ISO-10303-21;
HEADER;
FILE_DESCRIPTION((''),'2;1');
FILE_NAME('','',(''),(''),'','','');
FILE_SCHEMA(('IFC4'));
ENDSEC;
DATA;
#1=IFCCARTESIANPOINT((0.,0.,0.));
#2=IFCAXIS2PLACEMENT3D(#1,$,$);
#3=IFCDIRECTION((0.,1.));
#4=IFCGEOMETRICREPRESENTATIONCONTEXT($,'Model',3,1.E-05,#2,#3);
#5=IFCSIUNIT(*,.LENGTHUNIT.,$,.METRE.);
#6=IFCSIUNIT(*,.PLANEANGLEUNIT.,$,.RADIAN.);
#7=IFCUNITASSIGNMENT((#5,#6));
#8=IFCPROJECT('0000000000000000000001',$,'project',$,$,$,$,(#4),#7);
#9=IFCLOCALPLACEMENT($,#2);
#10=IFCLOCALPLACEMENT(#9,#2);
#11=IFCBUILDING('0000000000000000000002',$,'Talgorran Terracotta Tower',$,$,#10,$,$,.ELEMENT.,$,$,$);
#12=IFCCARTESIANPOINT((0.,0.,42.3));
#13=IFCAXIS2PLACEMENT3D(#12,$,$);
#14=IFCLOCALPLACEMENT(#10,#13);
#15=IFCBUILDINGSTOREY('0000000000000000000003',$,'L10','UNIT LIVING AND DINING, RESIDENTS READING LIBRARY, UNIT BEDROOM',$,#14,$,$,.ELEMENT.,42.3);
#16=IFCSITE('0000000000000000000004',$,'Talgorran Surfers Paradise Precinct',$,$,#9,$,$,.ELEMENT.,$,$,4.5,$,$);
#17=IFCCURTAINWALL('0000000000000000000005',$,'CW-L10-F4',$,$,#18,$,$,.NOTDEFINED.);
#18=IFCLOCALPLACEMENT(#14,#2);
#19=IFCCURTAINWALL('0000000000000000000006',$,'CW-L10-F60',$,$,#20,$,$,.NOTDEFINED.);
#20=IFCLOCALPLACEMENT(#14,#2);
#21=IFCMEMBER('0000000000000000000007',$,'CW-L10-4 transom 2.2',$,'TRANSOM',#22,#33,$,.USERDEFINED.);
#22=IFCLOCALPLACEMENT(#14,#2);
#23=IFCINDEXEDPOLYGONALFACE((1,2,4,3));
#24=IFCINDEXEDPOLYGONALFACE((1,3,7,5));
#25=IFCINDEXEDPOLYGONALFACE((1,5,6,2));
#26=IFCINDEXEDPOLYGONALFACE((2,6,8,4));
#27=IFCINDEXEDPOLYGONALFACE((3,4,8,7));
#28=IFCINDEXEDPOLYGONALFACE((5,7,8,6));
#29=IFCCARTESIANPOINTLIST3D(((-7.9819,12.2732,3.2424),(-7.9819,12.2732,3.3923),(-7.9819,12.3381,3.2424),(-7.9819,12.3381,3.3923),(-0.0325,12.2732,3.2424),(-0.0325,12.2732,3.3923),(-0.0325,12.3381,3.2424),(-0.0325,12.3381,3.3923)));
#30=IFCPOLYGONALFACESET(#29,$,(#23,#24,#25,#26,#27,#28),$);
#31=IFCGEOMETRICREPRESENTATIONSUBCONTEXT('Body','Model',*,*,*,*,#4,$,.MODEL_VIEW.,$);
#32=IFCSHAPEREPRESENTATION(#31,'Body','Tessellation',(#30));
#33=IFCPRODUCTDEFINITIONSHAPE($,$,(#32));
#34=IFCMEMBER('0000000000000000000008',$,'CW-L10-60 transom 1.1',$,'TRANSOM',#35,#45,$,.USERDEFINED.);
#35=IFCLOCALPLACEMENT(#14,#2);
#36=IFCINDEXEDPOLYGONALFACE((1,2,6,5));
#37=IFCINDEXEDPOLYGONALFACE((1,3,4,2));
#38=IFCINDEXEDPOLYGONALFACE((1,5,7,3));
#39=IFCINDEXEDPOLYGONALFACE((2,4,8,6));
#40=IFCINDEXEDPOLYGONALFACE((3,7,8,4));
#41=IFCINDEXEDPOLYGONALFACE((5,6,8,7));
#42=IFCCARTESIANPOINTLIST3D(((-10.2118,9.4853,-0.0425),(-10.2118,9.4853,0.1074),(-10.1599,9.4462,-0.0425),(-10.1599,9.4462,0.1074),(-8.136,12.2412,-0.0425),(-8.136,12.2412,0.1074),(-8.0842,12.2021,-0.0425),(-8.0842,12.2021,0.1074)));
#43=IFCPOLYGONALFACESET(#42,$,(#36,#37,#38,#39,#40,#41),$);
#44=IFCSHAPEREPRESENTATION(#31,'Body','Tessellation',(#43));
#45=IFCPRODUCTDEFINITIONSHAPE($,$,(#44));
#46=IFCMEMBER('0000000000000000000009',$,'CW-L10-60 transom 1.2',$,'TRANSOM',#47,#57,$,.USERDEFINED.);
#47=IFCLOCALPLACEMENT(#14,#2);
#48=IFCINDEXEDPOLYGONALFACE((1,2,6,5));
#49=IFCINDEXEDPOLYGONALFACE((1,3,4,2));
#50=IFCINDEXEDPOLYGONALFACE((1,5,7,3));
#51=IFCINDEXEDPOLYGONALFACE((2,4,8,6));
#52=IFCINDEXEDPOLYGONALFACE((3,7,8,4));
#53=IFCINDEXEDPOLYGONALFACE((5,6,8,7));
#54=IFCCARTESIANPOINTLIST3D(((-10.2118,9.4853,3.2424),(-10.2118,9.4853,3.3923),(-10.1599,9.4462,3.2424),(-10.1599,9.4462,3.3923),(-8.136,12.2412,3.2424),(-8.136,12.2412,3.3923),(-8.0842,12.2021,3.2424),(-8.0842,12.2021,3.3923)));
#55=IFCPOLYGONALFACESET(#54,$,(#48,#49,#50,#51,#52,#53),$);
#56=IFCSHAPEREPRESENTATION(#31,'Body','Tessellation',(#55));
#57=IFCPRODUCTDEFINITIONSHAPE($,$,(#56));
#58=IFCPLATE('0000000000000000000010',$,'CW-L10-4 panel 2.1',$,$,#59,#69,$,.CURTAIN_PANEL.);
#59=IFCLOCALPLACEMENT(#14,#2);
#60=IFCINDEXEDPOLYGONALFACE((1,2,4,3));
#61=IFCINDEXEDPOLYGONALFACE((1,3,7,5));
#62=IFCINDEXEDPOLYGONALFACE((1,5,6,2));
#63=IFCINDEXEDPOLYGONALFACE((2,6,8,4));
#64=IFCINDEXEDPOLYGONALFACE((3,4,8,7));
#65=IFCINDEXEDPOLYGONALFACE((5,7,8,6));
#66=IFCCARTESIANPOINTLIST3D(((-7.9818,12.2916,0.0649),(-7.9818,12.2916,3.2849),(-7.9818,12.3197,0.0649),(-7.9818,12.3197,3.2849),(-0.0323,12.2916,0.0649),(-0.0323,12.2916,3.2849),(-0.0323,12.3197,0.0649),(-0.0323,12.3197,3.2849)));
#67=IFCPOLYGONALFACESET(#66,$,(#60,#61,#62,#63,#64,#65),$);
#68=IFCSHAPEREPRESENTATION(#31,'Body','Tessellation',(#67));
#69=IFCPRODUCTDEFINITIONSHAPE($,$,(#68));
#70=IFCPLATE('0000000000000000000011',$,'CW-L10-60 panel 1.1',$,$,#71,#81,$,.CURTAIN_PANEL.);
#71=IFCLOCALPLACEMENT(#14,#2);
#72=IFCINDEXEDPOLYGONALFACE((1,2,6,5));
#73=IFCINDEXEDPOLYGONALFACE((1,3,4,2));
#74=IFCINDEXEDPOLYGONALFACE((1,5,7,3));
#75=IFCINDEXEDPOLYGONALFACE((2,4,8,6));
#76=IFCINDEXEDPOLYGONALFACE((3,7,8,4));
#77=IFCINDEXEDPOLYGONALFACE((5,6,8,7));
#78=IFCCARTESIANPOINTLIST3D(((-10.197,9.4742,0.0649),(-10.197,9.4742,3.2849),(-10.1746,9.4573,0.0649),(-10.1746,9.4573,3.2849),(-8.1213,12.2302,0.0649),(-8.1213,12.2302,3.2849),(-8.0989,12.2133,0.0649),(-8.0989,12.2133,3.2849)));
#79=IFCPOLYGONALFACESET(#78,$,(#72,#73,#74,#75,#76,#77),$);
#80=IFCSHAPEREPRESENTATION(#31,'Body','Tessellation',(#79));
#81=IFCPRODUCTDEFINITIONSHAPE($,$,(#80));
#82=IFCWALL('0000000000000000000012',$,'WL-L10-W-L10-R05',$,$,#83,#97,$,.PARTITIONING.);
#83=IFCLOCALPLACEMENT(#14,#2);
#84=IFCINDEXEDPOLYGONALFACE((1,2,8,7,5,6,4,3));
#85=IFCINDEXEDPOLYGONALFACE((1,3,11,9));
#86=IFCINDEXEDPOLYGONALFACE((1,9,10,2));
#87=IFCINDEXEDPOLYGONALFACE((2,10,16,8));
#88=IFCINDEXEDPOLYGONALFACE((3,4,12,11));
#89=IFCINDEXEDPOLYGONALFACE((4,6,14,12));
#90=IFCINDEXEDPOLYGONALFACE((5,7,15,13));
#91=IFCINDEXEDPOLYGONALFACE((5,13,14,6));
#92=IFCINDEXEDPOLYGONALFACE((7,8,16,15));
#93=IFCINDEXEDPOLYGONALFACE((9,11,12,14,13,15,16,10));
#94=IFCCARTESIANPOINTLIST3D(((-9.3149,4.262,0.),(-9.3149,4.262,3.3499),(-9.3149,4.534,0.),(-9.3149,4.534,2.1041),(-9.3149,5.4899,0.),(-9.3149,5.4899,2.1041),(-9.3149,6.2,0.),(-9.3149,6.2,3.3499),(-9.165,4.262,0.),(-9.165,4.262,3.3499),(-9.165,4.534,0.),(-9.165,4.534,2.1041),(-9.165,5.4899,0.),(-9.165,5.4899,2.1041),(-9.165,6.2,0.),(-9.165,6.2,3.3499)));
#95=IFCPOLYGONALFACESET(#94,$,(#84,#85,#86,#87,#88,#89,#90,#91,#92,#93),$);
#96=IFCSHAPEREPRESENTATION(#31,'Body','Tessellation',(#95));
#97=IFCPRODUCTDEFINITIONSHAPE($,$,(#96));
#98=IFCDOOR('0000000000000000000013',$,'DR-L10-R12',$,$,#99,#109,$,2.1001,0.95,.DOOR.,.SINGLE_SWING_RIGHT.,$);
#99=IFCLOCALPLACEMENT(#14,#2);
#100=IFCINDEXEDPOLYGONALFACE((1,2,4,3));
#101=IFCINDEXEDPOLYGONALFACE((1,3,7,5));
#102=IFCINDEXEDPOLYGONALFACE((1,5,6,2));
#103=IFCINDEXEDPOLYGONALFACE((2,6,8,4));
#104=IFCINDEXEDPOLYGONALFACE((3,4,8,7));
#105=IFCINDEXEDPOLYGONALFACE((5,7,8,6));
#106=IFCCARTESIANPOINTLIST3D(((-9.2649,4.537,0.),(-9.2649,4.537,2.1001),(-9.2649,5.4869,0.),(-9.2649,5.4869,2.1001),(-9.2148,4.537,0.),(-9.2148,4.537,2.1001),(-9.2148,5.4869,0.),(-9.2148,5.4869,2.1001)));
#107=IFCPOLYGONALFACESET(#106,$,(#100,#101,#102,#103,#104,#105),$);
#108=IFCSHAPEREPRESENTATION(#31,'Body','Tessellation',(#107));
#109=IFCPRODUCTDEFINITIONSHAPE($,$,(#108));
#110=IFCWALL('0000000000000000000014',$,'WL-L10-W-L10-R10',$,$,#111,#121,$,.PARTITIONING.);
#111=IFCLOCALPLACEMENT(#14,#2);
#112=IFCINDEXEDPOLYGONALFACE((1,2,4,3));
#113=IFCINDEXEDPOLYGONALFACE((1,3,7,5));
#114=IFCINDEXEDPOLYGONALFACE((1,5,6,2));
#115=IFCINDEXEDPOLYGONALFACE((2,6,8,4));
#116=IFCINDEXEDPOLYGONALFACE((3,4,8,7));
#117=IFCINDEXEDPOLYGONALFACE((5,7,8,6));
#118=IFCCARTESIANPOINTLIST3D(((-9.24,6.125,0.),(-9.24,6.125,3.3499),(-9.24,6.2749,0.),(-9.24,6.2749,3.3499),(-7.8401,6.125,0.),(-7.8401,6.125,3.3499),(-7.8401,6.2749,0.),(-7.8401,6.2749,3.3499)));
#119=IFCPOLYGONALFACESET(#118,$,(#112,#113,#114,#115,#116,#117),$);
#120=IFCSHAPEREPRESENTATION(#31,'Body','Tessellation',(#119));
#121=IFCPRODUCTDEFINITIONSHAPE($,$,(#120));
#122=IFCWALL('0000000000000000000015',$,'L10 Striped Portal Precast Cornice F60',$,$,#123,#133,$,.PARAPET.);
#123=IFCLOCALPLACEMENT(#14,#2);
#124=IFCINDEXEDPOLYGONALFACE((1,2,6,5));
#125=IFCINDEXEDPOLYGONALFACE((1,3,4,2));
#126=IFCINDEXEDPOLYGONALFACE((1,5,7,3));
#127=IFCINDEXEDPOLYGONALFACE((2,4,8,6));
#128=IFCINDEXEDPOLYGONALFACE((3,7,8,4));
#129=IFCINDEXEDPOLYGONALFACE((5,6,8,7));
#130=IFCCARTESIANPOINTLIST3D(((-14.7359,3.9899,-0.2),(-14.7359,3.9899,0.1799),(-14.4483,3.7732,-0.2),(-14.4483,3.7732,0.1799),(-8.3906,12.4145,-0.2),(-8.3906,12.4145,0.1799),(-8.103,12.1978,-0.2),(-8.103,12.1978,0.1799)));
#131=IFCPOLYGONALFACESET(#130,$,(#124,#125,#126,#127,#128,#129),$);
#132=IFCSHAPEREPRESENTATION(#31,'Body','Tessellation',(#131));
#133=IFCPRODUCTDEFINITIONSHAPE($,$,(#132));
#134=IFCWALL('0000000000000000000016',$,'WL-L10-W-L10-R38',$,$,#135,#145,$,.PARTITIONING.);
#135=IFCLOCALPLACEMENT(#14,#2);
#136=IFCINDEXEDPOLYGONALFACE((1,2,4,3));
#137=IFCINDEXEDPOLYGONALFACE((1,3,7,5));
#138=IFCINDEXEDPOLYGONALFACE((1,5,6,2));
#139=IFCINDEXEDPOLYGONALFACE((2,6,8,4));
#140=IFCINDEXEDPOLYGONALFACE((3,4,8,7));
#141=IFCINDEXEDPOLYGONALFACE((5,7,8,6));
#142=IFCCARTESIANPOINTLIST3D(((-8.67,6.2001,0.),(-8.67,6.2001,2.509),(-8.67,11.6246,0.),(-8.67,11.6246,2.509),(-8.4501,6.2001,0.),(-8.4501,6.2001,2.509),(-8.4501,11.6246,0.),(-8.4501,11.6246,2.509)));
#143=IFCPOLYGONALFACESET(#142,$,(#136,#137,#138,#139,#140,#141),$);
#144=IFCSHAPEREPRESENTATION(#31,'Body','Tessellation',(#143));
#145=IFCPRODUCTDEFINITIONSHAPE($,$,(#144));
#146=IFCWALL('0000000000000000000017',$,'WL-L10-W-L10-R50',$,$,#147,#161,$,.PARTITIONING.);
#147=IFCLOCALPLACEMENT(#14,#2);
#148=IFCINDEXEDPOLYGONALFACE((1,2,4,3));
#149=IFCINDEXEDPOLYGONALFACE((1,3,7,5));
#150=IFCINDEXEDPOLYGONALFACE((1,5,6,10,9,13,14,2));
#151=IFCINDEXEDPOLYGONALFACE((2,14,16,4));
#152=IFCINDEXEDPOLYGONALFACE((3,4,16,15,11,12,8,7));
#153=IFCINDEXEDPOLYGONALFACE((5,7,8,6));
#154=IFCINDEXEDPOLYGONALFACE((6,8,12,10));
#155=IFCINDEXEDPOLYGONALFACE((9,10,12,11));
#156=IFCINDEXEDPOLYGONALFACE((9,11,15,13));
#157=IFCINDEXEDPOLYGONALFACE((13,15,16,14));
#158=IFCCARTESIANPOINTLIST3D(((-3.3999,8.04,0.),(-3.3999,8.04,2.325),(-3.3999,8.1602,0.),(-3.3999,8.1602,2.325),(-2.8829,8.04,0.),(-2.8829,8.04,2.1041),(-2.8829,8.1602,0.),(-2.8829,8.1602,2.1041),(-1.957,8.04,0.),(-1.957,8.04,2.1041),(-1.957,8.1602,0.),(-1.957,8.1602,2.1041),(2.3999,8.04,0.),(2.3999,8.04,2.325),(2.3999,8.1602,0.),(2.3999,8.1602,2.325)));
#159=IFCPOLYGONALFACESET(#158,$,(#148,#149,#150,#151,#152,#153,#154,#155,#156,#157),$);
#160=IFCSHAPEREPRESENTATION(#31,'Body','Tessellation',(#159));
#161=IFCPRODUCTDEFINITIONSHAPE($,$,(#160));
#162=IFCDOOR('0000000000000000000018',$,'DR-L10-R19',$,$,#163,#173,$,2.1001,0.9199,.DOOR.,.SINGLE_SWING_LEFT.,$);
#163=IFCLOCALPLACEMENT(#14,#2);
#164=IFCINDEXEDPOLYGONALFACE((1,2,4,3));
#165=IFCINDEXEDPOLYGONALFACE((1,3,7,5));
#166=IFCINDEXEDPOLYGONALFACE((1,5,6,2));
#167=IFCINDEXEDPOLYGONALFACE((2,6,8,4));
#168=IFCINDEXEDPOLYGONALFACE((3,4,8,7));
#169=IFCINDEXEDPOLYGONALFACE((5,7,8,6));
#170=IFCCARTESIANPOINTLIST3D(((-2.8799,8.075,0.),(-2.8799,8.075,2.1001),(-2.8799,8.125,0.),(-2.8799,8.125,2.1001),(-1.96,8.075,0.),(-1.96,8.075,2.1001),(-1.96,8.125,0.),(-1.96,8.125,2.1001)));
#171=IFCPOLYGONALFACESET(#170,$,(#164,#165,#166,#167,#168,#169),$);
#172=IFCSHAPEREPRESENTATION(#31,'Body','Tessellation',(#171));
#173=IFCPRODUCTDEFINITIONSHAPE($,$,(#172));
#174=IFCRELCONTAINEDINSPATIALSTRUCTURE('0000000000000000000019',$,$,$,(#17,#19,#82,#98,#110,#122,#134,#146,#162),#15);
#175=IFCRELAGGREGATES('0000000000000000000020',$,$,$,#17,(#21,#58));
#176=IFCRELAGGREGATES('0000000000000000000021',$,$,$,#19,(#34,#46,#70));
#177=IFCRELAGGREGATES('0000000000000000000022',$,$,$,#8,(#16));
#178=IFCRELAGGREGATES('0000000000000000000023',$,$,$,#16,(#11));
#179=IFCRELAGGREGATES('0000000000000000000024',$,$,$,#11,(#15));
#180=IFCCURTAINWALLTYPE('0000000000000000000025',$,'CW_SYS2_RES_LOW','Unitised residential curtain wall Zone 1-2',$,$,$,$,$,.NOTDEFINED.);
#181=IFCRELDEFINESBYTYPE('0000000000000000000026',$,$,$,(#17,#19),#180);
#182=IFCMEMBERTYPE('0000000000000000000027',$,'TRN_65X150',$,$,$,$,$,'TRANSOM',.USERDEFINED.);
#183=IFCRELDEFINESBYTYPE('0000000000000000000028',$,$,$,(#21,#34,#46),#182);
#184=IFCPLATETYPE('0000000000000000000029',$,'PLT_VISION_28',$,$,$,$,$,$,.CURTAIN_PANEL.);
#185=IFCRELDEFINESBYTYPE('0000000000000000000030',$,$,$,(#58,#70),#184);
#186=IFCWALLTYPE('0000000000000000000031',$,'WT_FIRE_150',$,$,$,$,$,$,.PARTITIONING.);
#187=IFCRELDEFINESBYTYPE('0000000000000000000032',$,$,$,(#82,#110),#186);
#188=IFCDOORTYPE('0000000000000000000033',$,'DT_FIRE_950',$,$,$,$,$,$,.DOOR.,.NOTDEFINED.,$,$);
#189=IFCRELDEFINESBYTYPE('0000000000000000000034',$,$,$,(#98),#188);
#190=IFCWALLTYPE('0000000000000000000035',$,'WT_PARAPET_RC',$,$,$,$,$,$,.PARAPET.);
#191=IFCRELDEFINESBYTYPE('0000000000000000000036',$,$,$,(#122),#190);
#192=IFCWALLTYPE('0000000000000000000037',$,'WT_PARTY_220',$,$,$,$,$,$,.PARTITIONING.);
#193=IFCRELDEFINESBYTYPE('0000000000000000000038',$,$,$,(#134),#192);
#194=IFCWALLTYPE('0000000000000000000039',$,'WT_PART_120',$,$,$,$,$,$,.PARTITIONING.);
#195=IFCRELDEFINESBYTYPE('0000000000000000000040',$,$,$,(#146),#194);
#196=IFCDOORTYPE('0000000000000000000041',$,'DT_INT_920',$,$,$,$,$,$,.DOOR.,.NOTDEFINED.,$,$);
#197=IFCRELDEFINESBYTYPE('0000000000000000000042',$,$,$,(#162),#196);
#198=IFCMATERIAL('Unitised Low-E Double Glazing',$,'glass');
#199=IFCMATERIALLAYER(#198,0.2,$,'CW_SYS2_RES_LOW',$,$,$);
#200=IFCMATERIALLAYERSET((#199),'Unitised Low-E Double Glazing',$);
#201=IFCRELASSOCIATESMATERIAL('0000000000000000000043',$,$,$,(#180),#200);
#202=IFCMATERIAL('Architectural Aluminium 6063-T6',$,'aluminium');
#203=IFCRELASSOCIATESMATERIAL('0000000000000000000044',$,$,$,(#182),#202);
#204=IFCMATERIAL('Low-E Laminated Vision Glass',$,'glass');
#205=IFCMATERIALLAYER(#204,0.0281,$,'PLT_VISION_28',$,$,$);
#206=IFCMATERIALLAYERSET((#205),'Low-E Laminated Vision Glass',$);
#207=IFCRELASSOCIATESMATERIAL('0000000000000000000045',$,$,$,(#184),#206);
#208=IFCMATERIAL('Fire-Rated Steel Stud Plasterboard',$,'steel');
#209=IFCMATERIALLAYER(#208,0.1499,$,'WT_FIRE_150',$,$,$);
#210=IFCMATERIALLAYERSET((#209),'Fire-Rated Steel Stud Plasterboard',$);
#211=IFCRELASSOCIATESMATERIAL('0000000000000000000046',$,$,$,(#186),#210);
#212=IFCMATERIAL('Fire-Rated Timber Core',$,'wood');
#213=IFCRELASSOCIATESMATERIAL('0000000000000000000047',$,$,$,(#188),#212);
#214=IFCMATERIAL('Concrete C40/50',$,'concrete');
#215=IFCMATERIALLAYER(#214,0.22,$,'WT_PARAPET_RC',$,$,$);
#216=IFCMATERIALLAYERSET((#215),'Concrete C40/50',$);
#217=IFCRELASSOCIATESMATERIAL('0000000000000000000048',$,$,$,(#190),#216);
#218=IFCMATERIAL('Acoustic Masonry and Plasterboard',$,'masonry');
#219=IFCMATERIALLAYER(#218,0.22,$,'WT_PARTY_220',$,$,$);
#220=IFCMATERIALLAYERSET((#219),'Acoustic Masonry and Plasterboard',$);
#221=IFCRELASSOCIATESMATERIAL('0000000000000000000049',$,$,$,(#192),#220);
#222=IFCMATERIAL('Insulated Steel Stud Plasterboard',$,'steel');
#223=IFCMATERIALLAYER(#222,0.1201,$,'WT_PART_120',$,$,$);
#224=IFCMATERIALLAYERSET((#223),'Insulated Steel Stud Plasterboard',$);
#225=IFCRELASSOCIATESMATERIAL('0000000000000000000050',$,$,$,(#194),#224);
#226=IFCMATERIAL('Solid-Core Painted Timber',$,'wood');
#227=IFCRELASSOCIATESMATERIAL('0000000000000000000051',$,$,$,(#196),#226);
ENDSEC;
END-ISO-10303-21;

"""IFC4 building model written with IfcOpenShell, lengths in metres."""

from ifc_helpers import new_model, si_unit, direction, frame, frame_2d, origin, origin_2d, place, context, subcontext, project, spatial, rectangle, extrude, source, transform, mapped, material, layer, layer_set, material_profile, profile_set, type_object, type_shapes, element, fill, aggregate, save


model = new_model("IFC4")

# Units and contexts
model_context = context("Model", 3, precision=1e-05, world=origin(), true_north=direction((0.0, 1.0)))
body_context = subcontext(model_context, "Body", "Model", "MODEL_VIEW")
ifc_project = project(units=[si_unit("LENGTHUNIT", "METRE"), si_unit("PLANEANGLEUNIT", "RADIAN")], contexts=[model_context])

# Site, building, storey
site_placement = place(None, origin())
site = spatial("IfcSite", under=ifc_project, at=site_placement, Name="Talgorran Surfers Paradise Precinct", CompositionType="ELEMENT", RefElevation=4.5)
building_placement = place(site_placement, origin())
building = spatial("IfcBuilding", under=site, at=building_placement, Name="Talgorran Terracotta Tower", CompositionType="ELEMENT")
storey_placement = place(building_placement, frame((0.0, 0.0, 42.3)))
storey = spatial("IfcBuildingStorey", under=building, at=storey_placement, Name="L10", Description="UNIT LIVING AND DINING, RESIDENTS READING LIBRARY, UNIT BEDROOM", CompositionType="ELEMENT", Elevation=42.3)

# Curtain wall
ifc_material_1 = material(Name="Unitised Low-E Double Glazing", Category="glass")
ifc_layer_1 = layer(ifc_material_1, 0.2, Name="CW_SYS2_RES_LOW")
ifc_layer_set_1 = layer_set([ifc_layer_1], Name="Unitised Low-E Double Glazing")
curtain_wall_type = type_object("IfcCurtainWallType", Name="CW_SYS2_RES_LOW", Description="Unitised residential curtain wall Zone 1-2", PredefinedType="NOTDEFINED", material=ifc_layer_set_1)
curtain_wall_1_placement = place(storey_placement, origin())
curtain_wall_1 = element("IfcCurtainWall", 1, at=curtain_wall_1_placement, inside=storey, type_object=curtain_wall_type, Name="CW-L10-F4", PredefinedType="NOTDEFINED")
ifc_material_2 = material(Name="Architectural Aluminium 6063-T6", Category="aluminium")

# Curtain wall
curtain_wall_2_placement = place(storey_placement, origin())
curtain_wall_2 = element("IfcCurtainWall", 2, at=curtain_wall_2_placement, inside=storey, type_object=curtain_wall_type, Name="CW-L10-F60", PredefinedType="NOTDEFINED")

# Members
ifc_material_profile_1 = material_profile(ifc_material_2, rectangle(XDim=0.0649, YDim=0.1499, at=origin_2d()), Name="CWT65X150")
ifc_profile_set_1 = profile_set([ifc_material_profile_1], Name="Architectural Aluminium 6063-T6")
member_type_1 = type_object("IfcMemberType", Name="TRN_65X150", ElementType="TRANSOM", PredefinedType="USERDEFINED", material=ifc_profile_set_1)
member_1_placement = place(storey_placement, frame((-0.0325, 12.3057, 3.3174), z_axis=(-1.0, 0.0, 0.0), x_axis=(0.0, -1.0, 0.0)))
member_1 = element("IfcMember", 3, at=member_1_placement, type_object=member_type_1, Name="CW-L10-4 transom 2.2", ObjectType="TRANSOM", PredefinedType="USERDEFINED", context=body_context, shape_type="SweptSolid", body=[
    extrude(rectangle(XDim=0.0649, YDim=0.1499, at=origin_2d()), origin(), (0.0, 0.0, 1.0), 7.9495),
])
member_2_placement = place(storey_placement, frame((-8.1101, 12.2217, 0.0325), z_axis=(-0.601629, -0.798776, 0.0), x_axis=(0.798776, -0.601629, 0.0)))
member_2 = element("IfcMember", 4, at=member_2_placement, type_object=member_type_1, Name="CW-L10-60 transom 1.1", ObjectType="TRANSOM", PredefinedType="USERDEFINED", context=body_context, shape_type="SweptSolid", body=[
    extrude(rectangle(XDim=0.0649, YDim=0.1499, at=origin_2d()), origin(), (0.0, 0.0, 1.0), 3.4502),
])
member_3_placement = place(storey_placement, frame((-8.1101, 12.2217, 3.3174), z_axis=(-0.601629, -0.798776, 0.0), x_axis=(0.798776, -0.601629, 0.0)))
member_3 = element("IfcMember", 5, at=member_3_placement, type_object=member_type_1, Name="CW-L10-60 transom 1.2", ObjectType="TRANSOM", PredefinedType="USERDEFINED", context=body_context, shape_type="SweptSolid", body=[
    extrude(rectangle(XDim=0.0649, YDim=0.1499, at=origin_2d()), origin(), (0.0, 0.0, 1.0), 3.4502),
])

# Plates
ifc_material_3 = material(Name="Low-E Laminated Vision Glass", Category="glass")
ifc_layer_2 = layer(ifc_material_3, 0.0281, Name="PLT_VISION_28")
ifc_layer_set_2 = layer_set([ifc_layer_2], Name="Low-E Laminated Vision Glass")
plate_type = type_object("IfcPlateType", Name="PLT_VISION_28", PredefinedType="CURTAIN_PANEL", material=ifc_layer_set_2)
shared_shape_1 = source(origin(), body_context, "Body", "SweptSolid", [
    extrude(rectangle(XDim=7.9495, YDim=0.0281, at=origin_2d()), origin(), (0.0, 0.0, 1.0), 3.22),
])
plate_1_placement = place(storey_placement, frame((-4.0071, 12.3057, 0.0649), z_axis=(0.0, 0.0, 1.0), x_axis=(-1.0, 0.0, 0.0)))
plate_1 = element("IfcPlate", 6, at=plate_1_placement, type_object=plate_type, Name="CW-L10-4 panel 2.1", PredefinedType="CURTAIN_PANEL", context=body_context, shape_type="MappedRepresentation", body=[
    mapped(shared_shape_1, transform((0.0, 0.0, 0.0), scale=1.0)),
])
aggregate(curtain_wall_1, [member_1, plate_1])
shared_shape_2 = source(origin(), body_context, "Body", "SweptSolid", [
    extrude(rectangle(XDim=3.4502, YDim=0.0281, at=origin_2d()), origin(), (0.0, 0.0, 1.0), 3.22),
])
type_shapes(plate_type, [shared_shape_1, shared_shape_2])
plate_2_placement = place(storey_placement, frame((-9.1479, 10.8438, 0.0649), z_axis=(0.0, 0.0, 1.0), x_axis=(-0.60163, -0.798775, 0.0)))
plate_2 = element("IfcPlate", 7, at=plate_2_placement, type_object=plate_type, Name="CW-L10-60 panel 1.1", PredefinedType="CURTAIN_PANEL", context=body_context, shape_type="MappedRepresentation", body=[
    mapped(shared_shape_2, transform((0.0, 0.0, 0.0), scale=1.0)),
])
aggregate(curtain_wall_2, [member_2, member_3, plate_2])

# Wall, opening, door
ifc_material_4 = material(Name="Fire-Rated Steel Stud Plasterboard", Category="steel")
ifc_layer_3 = layer(ifc_material_4, 0.1499, Name="WT_FIRE_150")
ifc_layer_set_3 = layer_set([ifc_layer_3], Name="Fire-Rated Steel Stud Plasterboard")
wall_type_1 = type_object("IfcWallType", Name="WT_FIRE_150", PredefinedType="PARTITIONING", material=ifc_layer_set_3)
wall_1_placement = place(storey_placement, frame((-9.24, 4.262, 0.0), z_axis=(0.0, 0.0, 1.0), x_axis=(0.0, 1.0, 0.0)))
wall_1 = element("IfcWall", 8, at=wall_1_placement, inside=storey, type_object=wall_type_1, Name="WL-L10-W-L10-R05", PredefinedType="PARTITIONING", context=body_context, shape_type="SweptSolid", body=[
    extrude(rectangle(XDim=1.938, YDim=0.1499, at=frame_2d((0.969, 0.0))), origin(), (0.0, 0.0, 1.0), 3.3499),
])
opening_1_placement = place(wall_1_placement, frame((0.2749, 0.0, 0.0)))
opening_1 = element("IfcOpeningElement", 9, at=opening_1_placement, cuts=wall_1, PredefinedType="OPENING", context=body_context, shape_type="SweptSolid", body=[
    extrude(rectangle(XDim=0.956, YDim=2.1041, at=frame_2d((0.4751, 1.052))), frame((0.0, 0.085, 0.0), z_axis=(0.0, -1.0, 0.0), x_axis=(1.0, 0.0, 0.0)), (0.0, 0.0, 1.0), 0.1699),
])
ifc_material_5 = material(Name="Fire-Rated Timber Core", Category="wood")
door_type_1 = type_object("IfcDoorType", Name="DT_FIRE_950", OperationType="NOTDEFINED", PredefinedType="DOOR", material=ifc_material_5)
door_1_placement = place(opening_1_placement, origin())
door_1 = element("IfcDoor", 10, at=door_1_placement, inside=storey, type_object=door_type_1, Name="DR-L10-R12", OperationType="SINGLE_SWING_RIGHT", OverallHeight=2.1001, OverallWidth=0.95, PredefinedType="DOOR", context=body_context, shape_type="SweptSolid", body=[
    extrude(rectangle(XDim=0.95, YDim=2.1001, at=frame_2d((0.4751, 1.05))), frame((0.0, 0.0249, 0.0), z_axis=(0.0, -1.0, 0.0), x_axis=(1.0, 0.0, 0.0)), (0.0, 0.0, 1.0), 0.05),
])
fill(opening_1, door_1)

# Walls
wall_2_placement = place(storey_placement, frame((-9.24, 6.2, 0.0), z_axis=(0.0, 0.0, 1.0), x_axis=(1.0, 0.0, 0.0)))
element("IfcWall", 11, at=wall_2_placement, inside=storey, type_object=wall_type_1, Name="WL-L10-W-L10-R10", PredefinedType="PARTITIONING", context=body_context, shape_type="SweptSolid", body=[
    extrude(rectangle(XDim=1.3999, YDim=0.1499, at=frame_2d((0.7, 0.0))), origin(), (0.0, 0.0, 1.0), 3.3499),
])
ifc_material_6 = material(Name="Concrete C40/50", Category="concrete")
ifc_layer_4 = layer(ifc_material_6, 0.22, Name="WT_PARAPET_RC")
ifc_layer_set_4 = layer_set([ifc_layer_4], Name="Concrete C40/50")
wall_type_2 = type_object("IfcWallType", Name="WT_PARAPET_RC", PredefinedType="PARAPET", material=ifc_layer_set_4)
wall_3_placement = place(storey_placement, frame((-8.2468, 12.3062, -0.2), z_axis=(0.0, 0.0, 1.0), x_axis=(-0.601625, -0.798779, 0.0)))
element("IfcWall", 12, at=wall_3_placement, inside=storey, type_object=wall_type_2, Name="L10 Striped Portal Precast Cornice F60", PredefinedType="PARAPET", context=body_context, shape_type="SweptSolid", body=[
    extrude(rectangle(XDim=10.5469, YDim=0.3601, at=frame_2d((5.2734, 0.0))), origin(), (0.0, 0.0, 1.0), 0.3799),
])
ifc_material_7 = material(Name="Acoustic Masonry and Plasterboard", Category="masonry")
ifc_layer_5 = layer(ifc_material_7, 0.22, Name="WT_PARTY_220")
ifc_layer_set_5 = layer_set([ifc_layer_5], Name="Acoustic Masonry and Plasterboard")
wall_type_3 = type_object("IfcWallType", Name="WT_PARTY_220", PredefinedType="PARTITIONING", material=ifc_layer_set_5)
wall_4_placement = place(storey_placement, frame((-8.5601, 6.2, 0.0), z_axis=(0.0, 0.0, 1.0), x_axis=(0.0, 1.0, 0.0)))
element("IfcWall", 13, at=wall_4_placement, inside=storey, type_object=wall_type_3, Name="WL-L10-W-L10-R38", PredefinedType="PARTITIONING", context=body_context, shape_type="SweptSolid", body=[
    extrude(rectangle(XDim=5.4246, YDim=0.22, at=frame_2d((2.7124, 0.0))), origin(), (0.0, 0.0, 1.0), 2.509),
])

# Wall, opening, door
ifc_material_8 = material(Name="Insulated Steel Stud Plasterboard", Category="steel")
ifc_layer_6 = layer(ifc_material_8, 0.1201, Name="WT_PART_120")
ifc_layer_set_6 = layer_set([ifc_layer_6], Name="Insulated Steel Stud Plasterboard")
wall_type_4 = type_object("IfcWallType", Name="WT_PART_120", PredefinedType="PARTITIONING", material=ifc_layer_set_6)
wall_5_placement = place(storey_placement, frame((-3.3999, 8.1001, 0.0), z_axis=(0.0, 0.0, 1.0), x_axis=(1.0, 0.0, 0.0)))
wall_5 = element("IfcWall", 14, at=wall_5_placement, inside=storey, type_object=wall_type_4, Name="WL-L10-W-L10-R50", PredefinedType="PARTITIONING", context=body_context, shape_type="SweptSolid", body=[
    extrude(rectangle(XDim=5.7998, YDim=0.1201, at=frame_2d((2.8999, 0.0))), origin(), (0.0, 0.0, 1.0), 2.325),
])
opening_2_placement = place(wall_5_placement, frame((0.52, 0.0, 0.0)))
opening_2 = element("IfcOpeningElement", 15, at=opening_2_placement, cuts=wall_5, PredefinedType="OPENING", context=body_context, shape_type="SweptSolid", body=[
    extrude(rectangle(XDim=0.9259, YDim=2.1041, at=frame_2d((0.46, 1.052))), frame((0.0, 0.0701, 0.0), z_axis=(0.0, -1.0, 0.0), x_axis=(1.0, 0.0, 0.0)), (0.0, 0.0, 1.0), 0.1401),
])
ifc_material_9 = material(Name="Solid-Core Painted Timber", Category="wood")
door_type_2 = type_object("IfcDoorType", Name="DT_INT_920", OperationType="NOTDEFINED", PredefinedType="DOOR", material=ifc_material_9)
door_2_placement = place(opening_2_placement, origin())
door_2 = element("IfcDoor", 16, at=door_2_placement, inside=storey, type_object=door_type_2, Name="DR-L10-R19", OperationType="SINGLE_SWING_LEFT", OverallHeight=2.1001, OverallWidth=0.9199, PredefinedType="DOOR", context=body_context, shape_type="SweptSolid", body=[
    extrude(rectangle(XDim=0.9199, YDim=2.1001, at=frame_2d((0.46, 1.05))), frame((0.0, 0.0249, 0.0), z_axis=(0.0, -1.0, 0.0), x_axis=(1.0, 0.0, 0.0)), (0.0, 0.0, 1.0), 0.05),
])
fill(opening_2, door_2)

save(model, "model.ifc")
